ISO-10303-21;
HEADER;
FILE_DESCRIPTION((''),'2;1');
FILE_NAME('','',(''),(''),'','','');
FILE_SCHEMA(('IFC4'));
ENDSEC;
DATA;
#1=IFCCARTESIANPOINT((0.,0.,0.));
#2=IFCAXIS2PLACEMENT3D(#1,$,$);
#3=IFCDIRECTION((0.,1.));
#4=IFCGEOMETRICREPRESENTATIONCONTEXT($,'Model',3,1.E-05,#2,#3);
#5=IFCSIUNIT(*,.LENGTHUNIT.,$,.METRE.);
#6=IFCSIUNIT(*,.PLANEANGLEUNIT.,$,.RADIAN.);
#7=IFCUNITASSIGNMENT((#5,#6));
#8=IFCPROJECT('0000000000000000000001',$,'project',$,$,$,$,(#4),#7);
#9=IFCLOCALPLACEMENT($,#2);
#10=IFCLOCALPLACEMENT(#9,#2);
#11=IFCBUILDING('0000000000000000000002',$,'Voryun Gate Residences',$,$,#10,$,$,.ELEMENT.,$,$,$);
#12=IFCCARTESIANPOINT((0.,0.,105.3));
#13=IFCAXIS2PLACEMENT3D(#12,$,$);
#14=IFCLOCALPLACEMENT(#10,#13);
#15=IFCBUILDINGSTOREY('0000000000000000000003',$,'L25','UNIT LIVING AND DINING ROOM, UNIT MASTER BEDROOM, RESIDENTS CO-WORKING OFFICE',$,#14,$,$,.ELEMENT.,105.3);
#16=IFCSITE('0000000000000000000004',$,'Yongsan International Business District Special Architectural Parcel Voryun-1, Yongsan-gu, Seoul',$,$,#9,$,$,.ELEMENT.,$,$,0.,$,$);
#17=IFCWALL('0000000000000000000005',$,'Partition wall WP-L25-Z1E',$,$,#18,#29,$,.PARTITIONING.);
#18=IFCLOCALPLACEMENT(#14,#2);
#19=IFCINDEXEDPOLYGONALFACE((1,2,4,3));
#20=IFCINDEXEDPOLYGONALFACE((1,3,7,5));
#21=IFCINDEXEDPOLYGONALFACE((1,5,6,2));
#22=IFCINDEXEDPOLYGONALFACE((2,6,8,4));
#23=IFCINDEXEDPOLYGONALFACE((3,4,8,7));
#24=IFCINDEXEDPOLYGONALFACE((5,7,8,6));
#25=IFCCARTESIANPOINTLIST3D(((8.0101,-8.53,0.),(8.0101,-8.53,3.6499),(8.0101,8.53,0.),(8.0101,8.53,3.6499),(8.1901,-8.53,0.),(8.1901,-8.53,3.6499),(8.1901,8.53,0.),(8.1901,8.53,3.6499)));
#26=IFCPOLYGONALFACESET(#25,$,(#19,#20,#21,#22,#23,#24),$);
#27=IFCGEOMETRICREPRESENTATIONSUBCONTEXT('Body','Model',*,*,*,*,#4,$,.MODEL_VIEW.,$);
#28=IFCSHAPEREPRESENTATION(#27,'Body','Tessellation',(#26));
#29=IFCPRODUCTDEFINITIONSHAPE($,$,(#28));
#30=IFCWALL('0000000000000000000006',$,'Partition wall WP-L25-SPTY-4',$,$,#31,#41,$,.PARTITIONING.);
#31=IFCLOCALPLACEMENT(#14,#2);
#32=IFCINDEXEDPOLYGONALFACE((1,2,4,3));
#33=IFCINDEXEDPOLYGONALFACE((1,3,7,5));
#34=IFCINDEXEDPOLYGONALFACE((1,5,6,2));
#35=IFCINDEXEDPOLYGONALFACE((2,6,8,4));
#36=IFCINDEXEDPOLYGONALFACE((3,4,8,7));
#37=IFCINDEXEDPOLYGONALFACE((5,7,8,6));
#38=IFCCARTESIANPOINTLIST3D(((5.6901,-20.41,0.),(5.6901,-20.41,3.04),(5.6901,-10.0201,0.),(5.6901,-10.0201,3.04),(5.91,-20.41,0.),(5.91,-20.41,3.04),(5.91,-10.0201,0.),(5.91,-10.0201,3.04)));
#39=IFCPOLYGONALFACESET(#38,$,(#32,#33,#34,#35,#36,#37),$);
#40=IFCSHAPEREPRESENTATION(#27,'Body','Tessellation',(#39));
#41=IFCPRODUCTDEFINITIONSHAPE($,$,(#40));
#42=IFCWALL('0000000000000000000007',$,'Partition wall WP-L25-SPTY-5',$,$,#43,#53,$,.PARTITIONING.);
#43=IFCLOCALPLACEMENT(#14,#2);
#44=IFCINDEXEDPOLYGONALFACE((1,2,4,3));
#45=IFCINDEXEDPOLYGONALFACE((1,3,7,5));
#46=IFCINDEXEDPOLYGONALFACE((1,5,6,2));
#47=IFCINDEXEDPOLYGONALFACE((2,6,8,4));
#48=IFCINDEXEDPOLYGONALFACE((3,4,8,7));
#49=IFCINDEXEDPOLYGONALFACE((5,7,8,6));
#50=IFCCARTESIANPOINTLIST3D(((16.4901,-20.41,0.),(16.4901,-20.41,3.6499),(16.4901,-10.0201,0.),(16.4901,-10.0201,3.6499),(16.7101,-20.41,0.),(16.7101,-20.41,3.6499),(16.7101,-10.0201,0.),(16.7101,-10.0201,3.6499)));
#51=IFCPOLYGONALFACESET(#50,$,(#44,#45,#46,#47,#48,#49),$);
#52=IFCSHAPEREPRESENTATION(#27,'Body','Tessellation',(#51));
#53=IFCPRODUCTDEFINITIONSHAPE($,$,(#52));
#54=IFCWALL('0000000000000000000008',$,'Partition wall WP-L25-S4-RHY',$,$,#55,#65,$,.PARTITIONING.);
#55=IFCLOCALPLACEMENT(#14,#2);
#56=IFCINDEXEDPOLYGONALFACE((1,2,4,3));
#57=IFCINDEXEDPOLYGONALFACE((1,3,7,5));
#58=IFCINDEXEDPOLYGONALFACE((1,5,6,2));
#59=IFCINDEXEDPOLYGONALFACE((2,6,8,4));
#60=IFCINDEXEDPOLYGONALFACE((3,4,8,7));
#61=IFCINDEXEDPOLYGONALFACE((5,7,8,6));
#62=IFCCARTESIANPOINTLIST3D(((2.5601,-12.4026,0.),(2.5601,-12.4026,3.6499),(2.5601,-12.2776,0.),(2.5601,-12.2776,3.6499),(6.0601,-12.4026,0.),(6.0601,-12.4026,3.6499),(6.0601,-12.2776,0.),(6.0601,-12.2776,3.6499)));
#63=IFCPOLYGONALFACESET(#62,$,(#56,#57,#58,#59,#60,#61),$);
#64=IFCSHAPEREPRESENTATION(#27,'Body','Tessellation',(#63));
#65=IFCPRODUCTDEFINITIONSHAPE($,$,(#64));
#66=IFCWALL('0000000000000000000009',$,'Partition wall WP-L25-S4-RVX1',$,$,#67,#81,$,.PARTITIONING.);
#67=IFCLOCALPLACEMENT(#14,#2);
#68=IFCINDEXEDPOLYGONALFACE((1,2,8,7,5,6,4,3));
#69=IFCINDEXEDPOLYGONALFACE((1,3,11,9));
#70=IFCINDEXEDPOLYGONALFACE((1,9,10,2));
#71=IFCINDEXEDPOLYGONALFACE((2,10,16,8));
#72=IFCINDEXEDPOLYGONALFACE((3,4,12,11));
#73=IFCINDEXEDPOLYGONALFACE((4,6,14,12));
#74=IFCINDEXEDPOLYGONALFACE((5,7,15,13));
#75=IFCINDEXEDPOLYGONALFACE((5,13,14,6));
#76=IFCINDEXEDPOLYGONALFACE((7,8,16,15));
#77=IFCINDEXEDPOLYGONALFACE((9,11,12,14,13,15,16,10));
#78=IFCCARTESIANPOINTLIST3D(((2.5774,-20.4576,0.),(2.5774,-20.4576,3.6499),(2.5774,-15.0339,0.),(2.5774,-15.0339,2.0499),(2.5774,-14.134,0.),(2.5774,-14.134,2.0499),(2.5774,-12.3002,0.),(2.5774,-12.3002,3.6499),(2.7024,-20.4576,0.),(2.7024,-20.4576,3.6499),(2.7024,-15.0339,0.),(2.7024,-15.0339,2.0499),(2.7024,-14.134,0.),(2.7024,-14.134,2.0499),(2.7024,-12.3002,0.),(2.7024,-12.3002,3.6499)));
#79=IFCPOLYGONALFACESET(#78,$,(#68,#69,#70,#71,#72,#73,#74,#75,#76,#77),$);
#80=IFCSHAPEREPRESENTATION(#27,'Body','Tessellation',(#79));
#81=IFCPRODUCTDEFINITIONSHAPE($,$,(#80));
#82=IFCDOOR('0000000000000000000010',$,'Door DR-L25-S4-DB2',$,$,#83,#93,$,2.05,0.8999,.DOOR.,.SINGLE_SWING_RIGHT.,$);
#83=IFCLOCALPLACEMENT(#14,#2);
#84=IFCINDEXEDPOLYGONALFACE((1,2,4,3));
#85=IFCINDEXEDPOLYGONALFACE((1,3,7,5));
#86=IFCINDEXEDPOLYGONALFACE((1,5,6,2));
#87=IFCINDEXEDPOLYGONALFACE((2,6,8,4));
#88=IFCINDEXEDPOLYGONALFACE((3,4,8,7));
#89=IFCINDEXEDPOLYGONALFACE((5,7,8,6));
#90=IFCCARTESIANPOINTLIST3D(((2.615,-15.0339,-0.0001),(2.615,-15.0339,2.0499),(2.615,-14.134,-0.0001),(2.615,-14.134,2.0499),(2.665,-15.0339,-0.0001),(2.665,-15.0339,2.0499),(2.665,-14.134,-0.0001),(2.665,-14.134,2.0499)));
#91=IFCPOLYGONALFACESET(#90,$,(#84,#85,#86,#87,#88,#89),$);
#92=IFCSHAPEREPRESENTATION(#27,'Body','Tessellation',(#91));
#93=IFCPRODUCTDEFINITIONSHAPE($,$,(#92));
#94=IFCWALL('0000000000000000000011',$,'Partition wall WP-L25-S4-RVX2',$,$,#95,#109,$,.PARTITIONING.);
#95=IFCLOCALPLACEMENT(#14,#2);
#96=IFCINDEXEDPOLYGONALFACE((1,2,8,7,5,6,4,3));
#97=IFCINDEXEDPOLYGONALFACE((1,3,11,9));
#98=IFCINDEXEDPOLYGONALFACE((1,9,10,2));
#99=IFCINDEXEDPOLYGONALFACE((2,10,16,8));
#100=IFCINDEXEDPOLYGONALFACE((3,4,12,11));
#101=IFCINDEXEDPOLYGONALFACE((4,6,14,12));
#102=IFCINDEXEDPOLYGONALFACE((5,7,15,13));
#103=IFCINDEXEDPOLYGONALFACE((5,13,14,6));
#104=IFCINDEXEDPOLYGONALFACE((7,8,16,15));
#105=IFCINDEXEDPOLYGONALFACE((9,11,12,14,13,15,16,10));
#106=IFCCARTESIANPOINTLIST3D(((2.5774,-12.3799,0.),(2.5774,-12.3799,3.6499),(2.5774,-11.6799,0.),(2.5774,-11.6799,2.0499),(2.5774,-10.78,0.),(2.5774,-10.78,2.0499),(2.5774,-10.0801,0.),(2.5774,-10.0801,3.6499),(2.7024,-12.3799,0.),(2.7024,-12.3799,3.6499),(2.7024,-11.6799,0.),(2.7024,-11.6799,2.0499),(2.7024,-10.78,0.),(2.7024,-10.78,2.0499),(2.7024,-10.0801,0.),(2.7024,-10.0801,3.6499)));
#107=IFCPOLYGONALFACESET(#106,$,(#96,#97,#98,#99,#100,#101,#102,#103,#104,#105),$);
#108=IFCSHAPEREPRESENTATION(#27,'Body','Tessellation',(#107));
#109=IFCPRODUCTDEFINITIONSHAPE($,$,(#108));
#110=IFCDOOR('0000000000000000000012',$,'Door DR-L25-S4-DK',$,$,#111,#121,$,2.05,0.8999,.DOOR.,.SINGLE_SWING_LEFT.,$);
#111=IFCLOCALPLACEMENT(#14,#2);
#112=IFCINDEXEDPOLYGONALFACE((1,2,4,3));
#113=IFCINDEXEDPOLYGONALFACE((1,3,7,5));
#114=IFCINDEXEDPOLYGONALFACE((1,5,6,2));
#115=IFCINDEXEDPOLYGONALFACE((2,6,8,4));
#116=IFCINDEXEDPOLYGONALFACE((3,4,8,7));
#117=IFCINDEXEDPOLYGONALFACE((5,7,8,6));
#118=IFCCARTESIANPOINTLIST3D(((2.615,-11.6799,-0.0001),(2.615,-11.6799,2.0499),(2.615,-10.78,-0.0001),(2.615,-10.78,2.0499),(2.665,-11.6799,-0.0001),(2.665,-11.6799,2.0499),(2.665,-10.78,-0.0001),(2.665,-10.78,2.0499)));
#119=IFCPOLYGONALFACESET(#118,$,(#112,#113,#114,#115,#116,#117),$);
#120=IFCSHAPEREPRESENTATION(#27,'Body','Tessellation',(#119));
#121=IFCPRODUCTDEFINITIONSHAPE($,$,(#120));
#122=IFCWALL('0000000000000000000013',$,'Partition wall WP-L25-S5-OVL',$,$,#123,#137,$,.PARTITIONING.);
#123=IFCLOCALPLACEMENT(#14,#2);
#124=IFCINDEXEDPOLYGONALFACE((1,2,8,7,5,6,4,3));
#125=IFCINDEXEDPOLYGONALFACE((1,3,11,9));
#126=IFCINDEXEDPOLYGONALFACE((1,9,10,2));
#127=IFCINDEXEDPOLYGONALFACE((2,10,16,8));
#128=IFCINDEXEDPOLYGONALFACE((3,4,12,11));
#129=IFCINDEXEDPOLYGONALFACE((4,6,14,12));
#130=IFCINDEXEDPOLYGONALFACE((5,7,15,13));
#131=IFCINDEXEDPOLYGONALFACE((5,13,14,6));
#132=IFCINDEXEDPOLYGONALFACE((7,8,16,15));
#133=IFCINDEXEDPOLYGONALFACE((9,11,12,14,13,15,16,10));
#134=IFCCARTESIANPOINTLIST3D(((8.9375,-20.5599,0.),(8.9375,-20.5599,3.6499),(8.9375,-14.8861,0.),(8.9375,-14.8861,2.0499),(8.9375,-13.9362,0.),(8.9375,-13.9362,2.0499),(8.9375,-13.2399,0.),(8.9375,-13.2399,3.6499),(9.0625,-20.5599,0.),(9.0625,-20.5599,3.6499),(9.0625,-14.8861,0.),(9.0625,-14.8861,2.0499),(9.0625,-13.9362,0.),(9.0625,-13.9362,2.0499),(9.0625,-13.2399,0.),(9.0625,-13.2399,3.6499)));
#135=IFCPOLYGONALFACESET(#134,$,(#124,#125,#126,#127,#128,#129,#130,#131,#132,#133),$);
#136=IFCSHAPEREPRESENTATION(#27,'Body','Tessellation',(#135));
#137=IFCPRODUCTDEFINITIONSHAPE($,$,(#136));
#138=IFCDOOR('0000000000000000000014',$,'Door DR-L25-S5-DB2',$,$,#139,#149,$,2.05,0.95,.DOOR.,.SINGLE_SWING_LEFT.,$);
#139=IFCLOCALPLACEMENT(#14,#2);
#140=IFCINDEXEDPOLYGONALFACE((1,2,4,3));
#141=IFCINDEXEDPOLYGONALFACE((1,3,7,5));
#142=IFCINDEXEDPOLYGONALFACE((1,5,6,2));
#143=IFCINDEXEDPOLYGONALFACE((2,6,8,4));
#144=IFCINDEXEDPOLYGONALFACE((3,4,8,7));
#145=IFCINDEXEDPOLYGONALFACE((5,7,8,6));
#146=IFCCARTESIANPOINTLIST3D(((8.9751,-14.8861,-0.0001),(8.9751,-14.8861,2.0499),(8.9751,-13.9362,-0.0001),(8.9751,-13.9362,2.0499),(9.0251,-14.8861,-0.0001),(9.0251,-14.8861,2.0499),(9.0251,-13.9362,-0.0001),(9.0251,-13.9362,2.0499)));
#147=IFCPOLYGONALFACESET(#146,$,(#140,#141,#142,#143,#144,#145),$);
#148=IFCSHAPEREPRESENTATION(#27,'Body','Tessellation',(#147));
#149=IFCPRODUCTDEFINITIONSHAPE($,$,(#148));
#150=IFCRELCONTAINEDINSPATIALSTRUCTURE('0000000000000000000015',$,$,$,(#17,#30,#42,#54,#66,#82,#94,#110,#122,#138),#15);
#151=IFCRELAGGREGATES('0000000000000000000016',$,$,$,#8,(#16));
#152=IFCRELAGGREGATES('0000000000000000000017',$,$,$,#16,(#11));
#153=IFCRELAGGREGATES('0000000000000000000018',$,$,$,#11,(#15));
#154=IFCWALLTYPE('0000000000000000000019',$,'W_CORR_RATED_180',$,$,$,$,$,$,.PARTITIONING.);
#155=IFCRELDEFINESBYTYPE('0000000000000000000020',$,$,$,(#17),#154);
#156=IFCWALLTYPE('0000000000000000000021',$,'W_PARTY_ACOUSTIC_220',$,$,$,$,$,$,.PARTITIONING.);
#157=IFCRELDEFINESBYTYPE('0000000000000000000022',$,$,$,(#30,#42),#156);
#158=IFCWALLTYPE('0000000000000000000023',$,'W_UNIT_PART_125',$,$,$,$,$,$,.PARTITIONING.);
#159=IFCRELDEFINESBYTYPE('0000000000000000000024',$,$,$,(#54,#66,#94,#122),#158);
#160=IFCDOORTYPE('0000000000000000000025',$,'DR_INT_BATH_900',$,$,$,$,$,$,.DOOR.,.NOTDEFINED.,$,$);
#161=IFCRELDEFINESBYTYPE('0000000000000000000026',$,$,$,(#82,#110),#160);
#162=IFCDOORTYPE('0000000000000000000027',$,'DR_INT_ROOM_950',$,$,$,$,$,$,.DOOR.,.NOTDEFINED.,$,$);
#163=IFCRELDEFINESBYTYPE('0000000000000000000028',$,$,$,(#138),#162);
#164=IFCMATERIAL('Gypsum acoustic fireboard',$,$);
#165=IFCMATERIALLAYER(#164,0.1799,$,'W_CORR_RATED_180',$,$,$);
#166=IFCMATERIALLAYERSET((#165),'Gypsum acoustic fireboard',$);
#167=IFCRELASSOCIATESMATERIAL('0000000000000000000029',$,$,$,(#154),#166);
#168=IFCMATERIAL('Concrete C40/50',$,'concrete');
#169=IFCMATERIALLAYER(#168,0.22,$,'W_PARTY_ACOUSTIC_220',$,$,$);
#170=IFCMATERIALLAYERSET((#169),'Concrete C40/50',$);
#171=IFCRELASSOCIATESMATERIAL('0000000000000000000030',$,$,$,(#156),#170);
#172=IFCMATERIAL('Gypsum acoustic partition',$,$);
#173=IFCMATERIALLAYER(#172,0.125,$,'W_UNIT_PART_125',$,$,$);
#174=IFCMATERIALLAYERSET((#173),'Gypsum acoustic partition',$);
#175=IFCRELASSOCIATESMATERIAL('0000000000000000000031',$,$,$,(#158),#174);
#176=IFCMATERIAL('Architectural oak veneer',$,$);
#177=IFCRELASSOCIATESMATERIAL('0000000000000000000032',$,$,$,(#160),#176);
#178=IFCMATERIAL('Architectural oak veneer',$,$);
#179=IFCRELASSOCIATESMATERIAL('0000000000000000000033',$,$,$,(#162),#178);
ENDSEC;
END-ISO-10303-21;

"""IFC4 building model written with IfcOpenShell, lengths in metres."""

from ifc_helpers import new_model, si_unit, direction, frame, frame_2d, origin, place, context, subcontext, project, spatial, rectangle, extrude, material, layer, layer_set, type_object, element, fill, save


model = new_model("IFC4")

# Units and contexts
model_context = context("Model", 3, precision=1e-05, world=origin(), true_north=direction((0.0, 1.0)))
body_context = subcontext(model_context, "Body", "Model", "MODEL_VIEW")
ifc_project = project(units=[si_unit("LENGTHUNIT", "METRE"), si_unit("PLANEANGLEUNIT", "RADIAN")], contexts=[model_context])

# Site, building, storey
site_placement = place(None, origin())
site = spatial("IfcSite", under=ifc_project, at=site_placement, Name="Yongsan International Business District Special Architectural Parcel Voryun-1, Yongsan-gu, Seoul", CompositionType="ELEMENT", RefElevation=0.0)
building_placement = place(site_placement, origin())
building = spatial("IfcBuilding", under=site, at=building_placement, Name="Voryun Gate Residences", CompositionType="ELEMENT")
storey_placement = place(building_placement, frame((0.0, 0.0, 105.3)))
storey = spatial("IfcBuildingStorey", under=building, at=storey_placement, Name="L25", Description="UNIT LIVING AND DINING ROOM, UNIT MASTER BEDROOM, RESIDENTS CO-WORKING OFFICE", CompositionType="ELEMENT", Elevation=105.3)

# Shared definitions
ifc_material_1 = material(Name="Gypsum acoustic fireboard")
ifc_layer_1 = layer(ifc_material_1, 0.1799, Name="W_CORR_RATED_180")
ifc_layer_set_1 = layer_set([ifc_layer_1], Name="Gypsum acoustic fireboard")
wall_type_1 = type_object("IfcWallType", Name="W_CORR_RATED_180", PredefinedType="PARTITIONING", material=ifc_layer_set_1)

# Walls
wall_1_placement = place(storey_placement, frame((8.1001, -8.53, 0.0), z_axis=(0.0, 0.0, 1.0), x_axis=(0.0, 1.0, 0.0)))
element("IfcWall", 1, at=wall_1_placement, inside=storey, type_object=wall_type_1, Name="Partition wall WP-L25-Z1E", PredefinedType="PARTITIONING", context=body_context, shape_type="SweptSolid", body=[
    extrude(rectangle(XDim=17.0601, YDim=0.1799, at=frame_2d((8.53, 0.0))), origin(), (0.0, 0.0, 1.0), 3.6499),
])
ifc_material_2 = material(Name="Concrete C40/50", Category="concrete")
ifc_layer_2 = layer(ifc_material_2, 0.22, Name="W_PARTY_ACOUSTIC_220")
ifc_layer_set_2 = layer_set([ifc_layer_2], Name="Concrete C40/50")
wall_type_2 = type_object("IfcWallType", Name="W_PARTY_ACOUSTIC_220", PredefinedType="PARTITIONING", material=ifc_layer_set_2)
wall_2_placement = place(storey_placement, frame((5.8, -20.4099, 0.0), z_axis=(0.0, 0.0, 1.0), x_axis=(0.0, 1.0, 0.0)))
element("IfcWall", 2, at=wall_2_placement, inside=storey, type_object=wall_type_2, Name="Partition wall WP-L25-SPTY-4", PredefinedType="PARTITIONING", context=body_context, shape_type="SweptSolid", body=[
    extrude(rectangle(XDim=10.3899, YDim=0.22, at=frame_2d((5.1948, 0.0))), origin(), (0.0, 0.0, 1.0), 3.04),
])
wall_3_placement = place(storey_placement, frame((16.6001, -20.4099, 0.0), z_axis=(0.0, 0.0, 1.0), x_axis=(0.0, 1.0, 0.0)))
element("IfcWall", 3, at=wall_3_placement, inside=storey, type_object=wall_type_2, Name="Partition wall WP-L25-SPTY-5", PredefinedType="PARTITIONING", context=body_context, shape_type="SweptSolid", body=[
    extrude(rectangle(XDim=10.3899, YDim=0.22, at=frame_2d((5.1948, 0.0))), origin(), (0.0, 0.0, 1.0), 3.6499),
])
ifc_material_3 = material(Name="Gypsum acoustic partition")
ifc_layer_3 = layer(ifc_material_3, 0.125, Name="W_UNIT_PART_125")
ifc_layer_set_3 = layer_set([ifc_layer_3], Name="Gypsum acoustic partition")
wall_type_3 = type_object("IfcWallType", Name="W_UNIT_PART_125", PredefinedType="PARTITIONING", material=ifc_layer_set_3)
wall_4_placement = place(storey_placement, frame((2.5601, -12.3401, 0.0), z_axis=(0.0, 0.0, 1.0), x_axis=(1.0, 0.0, 0.0)))
element("IfcWall", 4, at=wall_4_placement, inside=storey, type_object=wall_type_3, Name="Partition wall WP-L25-S4-RHY", PredefinedType="PARTITIONING", context=body_context, shape_type="SweptSolid", body=[
    extrude(rectangle(XDim=3.5, YDim=0.125, at=frame_2d((1.75, 0.0))), origin(), (0.0, 0.0, 1.0), 3.6499),
])

# Walls, openings, doors
wall_5_placement = place(storey_placement, frame((2.6399, -20.4575, 0.0), z_axis=(0.0, 0.0, 1.0), x_axis=(0.0, 1.0, 0.0)))
wall_5 = element("IfcWall", 5, at=wall_5_placement, inside=storey, type_object=wall_type_3, Name="Partition wall WP-L25-S4-RVX1", PredefinedType="PARTITIONING", context=body_context, shape_type="SweptSolid", body=[
    extrude(rectangle(XDim=8.1575, YDim=0.125, at=frame_2d((4.0786, 0.0))), origin(), (0.0, 0.0, 1.0), 3.6499),
])
opening_1_placement = place(wall_5_placement, frame((5.4236, 0.0, 0.0)))
opening_1 = element("IfcOpeningElement", 6, at=opening_1_placement, cuts=wall_5, PredefinedType="OPENING", context=body_context, shape_type="SweptSolid", body=[
    extrude(rectangle(XDim=0.8999, YDim=2.05, at=frame_2d((0.45, 1.0249))), frame((0.0, 0.0725, 0.0), z_axis=(0.0, -1.0, 0.0), x_axis=(1.0, 0.0, 0.0)), (0.0, 0.0, 1.0), 0.145),
])
ifc_material_4 = material(Name="Architectural oak veneer")
door_type_1 = type_object("IfcDoorType", Name="DR_INT_BATH_900", OperationType="NOTDEFINED", PredefinedType="DOOR", material=ifc_material_4)
door_1_placement = place(opening_1_placement, origin())
door_1 = element("IfcDoor", 7, at=door_1_placement, inside=storey, type_object=door_type_1, Name="Door DR-L25-S4-DB2", OperationType="SINGLE_SWING_RIGHT", OverallHeight=2.05, OverallWidth=0.8999, PredefinedType="DOOR", context=body_context, shape_type="SweptSolid", body=[
    extrude(rectangle(XDim=0.8999, YDim=2.05, at=frame_2d((0.45, 1.0249))), frame((0.0, 0.0249, 0.0), z_axis=(0.0, -1.0, 0.0), x_axis=(1.0, 0.0, 0.0)), (0.0, 0.0, 1.0), 0.05),
])
fill(opening_1, door_1)
wall_6_placement = place(storey_placement, frame((2.6399, -12.3799, 0.0), z_axis=(0.0, 0.0, 1.0), x_axis=(0.0, 1.0, 0.0)))
wall_6 = element("IfcWall", 8, at=wall_6_placement, inside=storey, type_object=wall_type_3, Name="Partition wall WP-L25-S4-RVX2", PredefinedType="PARTITIONING", context=body_context, shape_type="SweptSolid", body=[
    extrude(rectangle(XDim=2.2998, YDim=0.125, at=frame_2d((1.1499, 0.0))), origin(), (0.0, 0.0, 1.0), 3.6499),
])
opening_2_placement = place(wall_6_placement, frame((0.7, 0.0, 0.0)))
opening_2 = element("IfcOpeningElement", 9, at=opening_2_placement, cuts=wall_6, PredefinedType="OPENING", context=body_context, shape_type="SweptSolid", body=[
    extrude(rectangle(XDim=0.8999, YDim=2.05, at=frame_2d((0.45, 1.0249))), frame((0.0, 0.0725, 0.0), z_axis=(0.0, -1.0, 0.0), x_axis=(1.0, 0.0, 0.0)), (0.0, 0.0, 1.0), 0.145),
])
door_2_placement = place(opening_2_placement, origin())
door_2 = element("IfcDoor", 10, at=door_2_placement, inside=storey, type_object=door_type_1, Name="Door DR-L25-S4-DK", OperationType="SINGLE_SWING_LEFT", OverallHeight=2.05, OverallWidth=0.8999, PredefinedType="DOOR", context=body_context, shape_type="SweptSolid", body=[
    extrude(rectangle(XDim=0.8999, YDim=2.05, at=frame_2d((0.45, 1.0249))), frame((0.0, 0.0249, 0.0), z_axis=(0.0, -1.0, 0.0), x_axis=(1.0, 0.0, 0.0)), (0.0, 0.0, 1.0), 0.05),
])
fill(opening_2, door_2)
wall_7_placement = place(storey_placement, frame((9.0, -20.5601, 0.0), z_axis=(0.0, 0.0, 1.0), x_axis=(0.0, 1.0, 0.0)))
wall_7 = element("IfcWall", 11, at=wall_7_placement, inside=storey, type_object=wall_type_3, Name="Partition wall WP-L25-S5-OVL", PredefinedType="PARTITIONING", context=body_context, shape_type="SweptSolid", body=[
    extrude(rectangle(XDim=7.3201, YDim=0.125, at=frame_2d((3.6602, 0.0))), origin(), (0.0, 0.0, 1.0), 3.6499),
])
opening_3_placement = place(wall_7_placement, frame((5.6738, 0.0, 0.0)))
opening_3 = element("IfcOpeningElement", 12, at=opening_3_placement, cuts=wall_7, PredefinedType="OPENING", context=body_context, shape_type="SweptSolid", body=[
    extrude(rectangle(XDim=0.95, YDim=2.05, at=frame_2d((0.4751, 1.0249))), frame((0.0, 0.0725, 0.0), z_axis=(0.0, -1.0, 0.0), x_axis=(1.0, 0.0, 0.0)), (0.0, 0.0, 1.0), 0.145),
])
ifc_material_5 = material(Name="Architectural oak veneer")
door_type_2 = type_object("IfcDoorType", Name="DR_INT_ROOM_950", OperationType="NOTDEFINED", PredefinedType="DOOR", material=ifc_material_5)
door_3_placement = place(opening_3_placement, origin())
door_3 = element("IfcDoor", 13, at=door_3_placement, inside=storey, type_object=door_type_2, Name="Door DR-L25-S5-DB2", OperationType="SINGLE_SWING_LEFT", OverallHeight=2.05, OverallWidth=0.95, PredefinedType="DOOR", context=body_context, shape_type="SweptSolid", body=[
    extrude(rectangle(XDim=0.95, YDim=2.05, at=frame_2d((0.4751, 1.0249))), frame((0.0, 0.0249, 0.0), z_axis=(0.0, -1.0, 0.0), x_axis=(1.0, 0.0, 0.0)), (0.0, 0.0, 1.0), 0.05),
])
fill(opening_3, door_3)

save(model, "model.ifc")
